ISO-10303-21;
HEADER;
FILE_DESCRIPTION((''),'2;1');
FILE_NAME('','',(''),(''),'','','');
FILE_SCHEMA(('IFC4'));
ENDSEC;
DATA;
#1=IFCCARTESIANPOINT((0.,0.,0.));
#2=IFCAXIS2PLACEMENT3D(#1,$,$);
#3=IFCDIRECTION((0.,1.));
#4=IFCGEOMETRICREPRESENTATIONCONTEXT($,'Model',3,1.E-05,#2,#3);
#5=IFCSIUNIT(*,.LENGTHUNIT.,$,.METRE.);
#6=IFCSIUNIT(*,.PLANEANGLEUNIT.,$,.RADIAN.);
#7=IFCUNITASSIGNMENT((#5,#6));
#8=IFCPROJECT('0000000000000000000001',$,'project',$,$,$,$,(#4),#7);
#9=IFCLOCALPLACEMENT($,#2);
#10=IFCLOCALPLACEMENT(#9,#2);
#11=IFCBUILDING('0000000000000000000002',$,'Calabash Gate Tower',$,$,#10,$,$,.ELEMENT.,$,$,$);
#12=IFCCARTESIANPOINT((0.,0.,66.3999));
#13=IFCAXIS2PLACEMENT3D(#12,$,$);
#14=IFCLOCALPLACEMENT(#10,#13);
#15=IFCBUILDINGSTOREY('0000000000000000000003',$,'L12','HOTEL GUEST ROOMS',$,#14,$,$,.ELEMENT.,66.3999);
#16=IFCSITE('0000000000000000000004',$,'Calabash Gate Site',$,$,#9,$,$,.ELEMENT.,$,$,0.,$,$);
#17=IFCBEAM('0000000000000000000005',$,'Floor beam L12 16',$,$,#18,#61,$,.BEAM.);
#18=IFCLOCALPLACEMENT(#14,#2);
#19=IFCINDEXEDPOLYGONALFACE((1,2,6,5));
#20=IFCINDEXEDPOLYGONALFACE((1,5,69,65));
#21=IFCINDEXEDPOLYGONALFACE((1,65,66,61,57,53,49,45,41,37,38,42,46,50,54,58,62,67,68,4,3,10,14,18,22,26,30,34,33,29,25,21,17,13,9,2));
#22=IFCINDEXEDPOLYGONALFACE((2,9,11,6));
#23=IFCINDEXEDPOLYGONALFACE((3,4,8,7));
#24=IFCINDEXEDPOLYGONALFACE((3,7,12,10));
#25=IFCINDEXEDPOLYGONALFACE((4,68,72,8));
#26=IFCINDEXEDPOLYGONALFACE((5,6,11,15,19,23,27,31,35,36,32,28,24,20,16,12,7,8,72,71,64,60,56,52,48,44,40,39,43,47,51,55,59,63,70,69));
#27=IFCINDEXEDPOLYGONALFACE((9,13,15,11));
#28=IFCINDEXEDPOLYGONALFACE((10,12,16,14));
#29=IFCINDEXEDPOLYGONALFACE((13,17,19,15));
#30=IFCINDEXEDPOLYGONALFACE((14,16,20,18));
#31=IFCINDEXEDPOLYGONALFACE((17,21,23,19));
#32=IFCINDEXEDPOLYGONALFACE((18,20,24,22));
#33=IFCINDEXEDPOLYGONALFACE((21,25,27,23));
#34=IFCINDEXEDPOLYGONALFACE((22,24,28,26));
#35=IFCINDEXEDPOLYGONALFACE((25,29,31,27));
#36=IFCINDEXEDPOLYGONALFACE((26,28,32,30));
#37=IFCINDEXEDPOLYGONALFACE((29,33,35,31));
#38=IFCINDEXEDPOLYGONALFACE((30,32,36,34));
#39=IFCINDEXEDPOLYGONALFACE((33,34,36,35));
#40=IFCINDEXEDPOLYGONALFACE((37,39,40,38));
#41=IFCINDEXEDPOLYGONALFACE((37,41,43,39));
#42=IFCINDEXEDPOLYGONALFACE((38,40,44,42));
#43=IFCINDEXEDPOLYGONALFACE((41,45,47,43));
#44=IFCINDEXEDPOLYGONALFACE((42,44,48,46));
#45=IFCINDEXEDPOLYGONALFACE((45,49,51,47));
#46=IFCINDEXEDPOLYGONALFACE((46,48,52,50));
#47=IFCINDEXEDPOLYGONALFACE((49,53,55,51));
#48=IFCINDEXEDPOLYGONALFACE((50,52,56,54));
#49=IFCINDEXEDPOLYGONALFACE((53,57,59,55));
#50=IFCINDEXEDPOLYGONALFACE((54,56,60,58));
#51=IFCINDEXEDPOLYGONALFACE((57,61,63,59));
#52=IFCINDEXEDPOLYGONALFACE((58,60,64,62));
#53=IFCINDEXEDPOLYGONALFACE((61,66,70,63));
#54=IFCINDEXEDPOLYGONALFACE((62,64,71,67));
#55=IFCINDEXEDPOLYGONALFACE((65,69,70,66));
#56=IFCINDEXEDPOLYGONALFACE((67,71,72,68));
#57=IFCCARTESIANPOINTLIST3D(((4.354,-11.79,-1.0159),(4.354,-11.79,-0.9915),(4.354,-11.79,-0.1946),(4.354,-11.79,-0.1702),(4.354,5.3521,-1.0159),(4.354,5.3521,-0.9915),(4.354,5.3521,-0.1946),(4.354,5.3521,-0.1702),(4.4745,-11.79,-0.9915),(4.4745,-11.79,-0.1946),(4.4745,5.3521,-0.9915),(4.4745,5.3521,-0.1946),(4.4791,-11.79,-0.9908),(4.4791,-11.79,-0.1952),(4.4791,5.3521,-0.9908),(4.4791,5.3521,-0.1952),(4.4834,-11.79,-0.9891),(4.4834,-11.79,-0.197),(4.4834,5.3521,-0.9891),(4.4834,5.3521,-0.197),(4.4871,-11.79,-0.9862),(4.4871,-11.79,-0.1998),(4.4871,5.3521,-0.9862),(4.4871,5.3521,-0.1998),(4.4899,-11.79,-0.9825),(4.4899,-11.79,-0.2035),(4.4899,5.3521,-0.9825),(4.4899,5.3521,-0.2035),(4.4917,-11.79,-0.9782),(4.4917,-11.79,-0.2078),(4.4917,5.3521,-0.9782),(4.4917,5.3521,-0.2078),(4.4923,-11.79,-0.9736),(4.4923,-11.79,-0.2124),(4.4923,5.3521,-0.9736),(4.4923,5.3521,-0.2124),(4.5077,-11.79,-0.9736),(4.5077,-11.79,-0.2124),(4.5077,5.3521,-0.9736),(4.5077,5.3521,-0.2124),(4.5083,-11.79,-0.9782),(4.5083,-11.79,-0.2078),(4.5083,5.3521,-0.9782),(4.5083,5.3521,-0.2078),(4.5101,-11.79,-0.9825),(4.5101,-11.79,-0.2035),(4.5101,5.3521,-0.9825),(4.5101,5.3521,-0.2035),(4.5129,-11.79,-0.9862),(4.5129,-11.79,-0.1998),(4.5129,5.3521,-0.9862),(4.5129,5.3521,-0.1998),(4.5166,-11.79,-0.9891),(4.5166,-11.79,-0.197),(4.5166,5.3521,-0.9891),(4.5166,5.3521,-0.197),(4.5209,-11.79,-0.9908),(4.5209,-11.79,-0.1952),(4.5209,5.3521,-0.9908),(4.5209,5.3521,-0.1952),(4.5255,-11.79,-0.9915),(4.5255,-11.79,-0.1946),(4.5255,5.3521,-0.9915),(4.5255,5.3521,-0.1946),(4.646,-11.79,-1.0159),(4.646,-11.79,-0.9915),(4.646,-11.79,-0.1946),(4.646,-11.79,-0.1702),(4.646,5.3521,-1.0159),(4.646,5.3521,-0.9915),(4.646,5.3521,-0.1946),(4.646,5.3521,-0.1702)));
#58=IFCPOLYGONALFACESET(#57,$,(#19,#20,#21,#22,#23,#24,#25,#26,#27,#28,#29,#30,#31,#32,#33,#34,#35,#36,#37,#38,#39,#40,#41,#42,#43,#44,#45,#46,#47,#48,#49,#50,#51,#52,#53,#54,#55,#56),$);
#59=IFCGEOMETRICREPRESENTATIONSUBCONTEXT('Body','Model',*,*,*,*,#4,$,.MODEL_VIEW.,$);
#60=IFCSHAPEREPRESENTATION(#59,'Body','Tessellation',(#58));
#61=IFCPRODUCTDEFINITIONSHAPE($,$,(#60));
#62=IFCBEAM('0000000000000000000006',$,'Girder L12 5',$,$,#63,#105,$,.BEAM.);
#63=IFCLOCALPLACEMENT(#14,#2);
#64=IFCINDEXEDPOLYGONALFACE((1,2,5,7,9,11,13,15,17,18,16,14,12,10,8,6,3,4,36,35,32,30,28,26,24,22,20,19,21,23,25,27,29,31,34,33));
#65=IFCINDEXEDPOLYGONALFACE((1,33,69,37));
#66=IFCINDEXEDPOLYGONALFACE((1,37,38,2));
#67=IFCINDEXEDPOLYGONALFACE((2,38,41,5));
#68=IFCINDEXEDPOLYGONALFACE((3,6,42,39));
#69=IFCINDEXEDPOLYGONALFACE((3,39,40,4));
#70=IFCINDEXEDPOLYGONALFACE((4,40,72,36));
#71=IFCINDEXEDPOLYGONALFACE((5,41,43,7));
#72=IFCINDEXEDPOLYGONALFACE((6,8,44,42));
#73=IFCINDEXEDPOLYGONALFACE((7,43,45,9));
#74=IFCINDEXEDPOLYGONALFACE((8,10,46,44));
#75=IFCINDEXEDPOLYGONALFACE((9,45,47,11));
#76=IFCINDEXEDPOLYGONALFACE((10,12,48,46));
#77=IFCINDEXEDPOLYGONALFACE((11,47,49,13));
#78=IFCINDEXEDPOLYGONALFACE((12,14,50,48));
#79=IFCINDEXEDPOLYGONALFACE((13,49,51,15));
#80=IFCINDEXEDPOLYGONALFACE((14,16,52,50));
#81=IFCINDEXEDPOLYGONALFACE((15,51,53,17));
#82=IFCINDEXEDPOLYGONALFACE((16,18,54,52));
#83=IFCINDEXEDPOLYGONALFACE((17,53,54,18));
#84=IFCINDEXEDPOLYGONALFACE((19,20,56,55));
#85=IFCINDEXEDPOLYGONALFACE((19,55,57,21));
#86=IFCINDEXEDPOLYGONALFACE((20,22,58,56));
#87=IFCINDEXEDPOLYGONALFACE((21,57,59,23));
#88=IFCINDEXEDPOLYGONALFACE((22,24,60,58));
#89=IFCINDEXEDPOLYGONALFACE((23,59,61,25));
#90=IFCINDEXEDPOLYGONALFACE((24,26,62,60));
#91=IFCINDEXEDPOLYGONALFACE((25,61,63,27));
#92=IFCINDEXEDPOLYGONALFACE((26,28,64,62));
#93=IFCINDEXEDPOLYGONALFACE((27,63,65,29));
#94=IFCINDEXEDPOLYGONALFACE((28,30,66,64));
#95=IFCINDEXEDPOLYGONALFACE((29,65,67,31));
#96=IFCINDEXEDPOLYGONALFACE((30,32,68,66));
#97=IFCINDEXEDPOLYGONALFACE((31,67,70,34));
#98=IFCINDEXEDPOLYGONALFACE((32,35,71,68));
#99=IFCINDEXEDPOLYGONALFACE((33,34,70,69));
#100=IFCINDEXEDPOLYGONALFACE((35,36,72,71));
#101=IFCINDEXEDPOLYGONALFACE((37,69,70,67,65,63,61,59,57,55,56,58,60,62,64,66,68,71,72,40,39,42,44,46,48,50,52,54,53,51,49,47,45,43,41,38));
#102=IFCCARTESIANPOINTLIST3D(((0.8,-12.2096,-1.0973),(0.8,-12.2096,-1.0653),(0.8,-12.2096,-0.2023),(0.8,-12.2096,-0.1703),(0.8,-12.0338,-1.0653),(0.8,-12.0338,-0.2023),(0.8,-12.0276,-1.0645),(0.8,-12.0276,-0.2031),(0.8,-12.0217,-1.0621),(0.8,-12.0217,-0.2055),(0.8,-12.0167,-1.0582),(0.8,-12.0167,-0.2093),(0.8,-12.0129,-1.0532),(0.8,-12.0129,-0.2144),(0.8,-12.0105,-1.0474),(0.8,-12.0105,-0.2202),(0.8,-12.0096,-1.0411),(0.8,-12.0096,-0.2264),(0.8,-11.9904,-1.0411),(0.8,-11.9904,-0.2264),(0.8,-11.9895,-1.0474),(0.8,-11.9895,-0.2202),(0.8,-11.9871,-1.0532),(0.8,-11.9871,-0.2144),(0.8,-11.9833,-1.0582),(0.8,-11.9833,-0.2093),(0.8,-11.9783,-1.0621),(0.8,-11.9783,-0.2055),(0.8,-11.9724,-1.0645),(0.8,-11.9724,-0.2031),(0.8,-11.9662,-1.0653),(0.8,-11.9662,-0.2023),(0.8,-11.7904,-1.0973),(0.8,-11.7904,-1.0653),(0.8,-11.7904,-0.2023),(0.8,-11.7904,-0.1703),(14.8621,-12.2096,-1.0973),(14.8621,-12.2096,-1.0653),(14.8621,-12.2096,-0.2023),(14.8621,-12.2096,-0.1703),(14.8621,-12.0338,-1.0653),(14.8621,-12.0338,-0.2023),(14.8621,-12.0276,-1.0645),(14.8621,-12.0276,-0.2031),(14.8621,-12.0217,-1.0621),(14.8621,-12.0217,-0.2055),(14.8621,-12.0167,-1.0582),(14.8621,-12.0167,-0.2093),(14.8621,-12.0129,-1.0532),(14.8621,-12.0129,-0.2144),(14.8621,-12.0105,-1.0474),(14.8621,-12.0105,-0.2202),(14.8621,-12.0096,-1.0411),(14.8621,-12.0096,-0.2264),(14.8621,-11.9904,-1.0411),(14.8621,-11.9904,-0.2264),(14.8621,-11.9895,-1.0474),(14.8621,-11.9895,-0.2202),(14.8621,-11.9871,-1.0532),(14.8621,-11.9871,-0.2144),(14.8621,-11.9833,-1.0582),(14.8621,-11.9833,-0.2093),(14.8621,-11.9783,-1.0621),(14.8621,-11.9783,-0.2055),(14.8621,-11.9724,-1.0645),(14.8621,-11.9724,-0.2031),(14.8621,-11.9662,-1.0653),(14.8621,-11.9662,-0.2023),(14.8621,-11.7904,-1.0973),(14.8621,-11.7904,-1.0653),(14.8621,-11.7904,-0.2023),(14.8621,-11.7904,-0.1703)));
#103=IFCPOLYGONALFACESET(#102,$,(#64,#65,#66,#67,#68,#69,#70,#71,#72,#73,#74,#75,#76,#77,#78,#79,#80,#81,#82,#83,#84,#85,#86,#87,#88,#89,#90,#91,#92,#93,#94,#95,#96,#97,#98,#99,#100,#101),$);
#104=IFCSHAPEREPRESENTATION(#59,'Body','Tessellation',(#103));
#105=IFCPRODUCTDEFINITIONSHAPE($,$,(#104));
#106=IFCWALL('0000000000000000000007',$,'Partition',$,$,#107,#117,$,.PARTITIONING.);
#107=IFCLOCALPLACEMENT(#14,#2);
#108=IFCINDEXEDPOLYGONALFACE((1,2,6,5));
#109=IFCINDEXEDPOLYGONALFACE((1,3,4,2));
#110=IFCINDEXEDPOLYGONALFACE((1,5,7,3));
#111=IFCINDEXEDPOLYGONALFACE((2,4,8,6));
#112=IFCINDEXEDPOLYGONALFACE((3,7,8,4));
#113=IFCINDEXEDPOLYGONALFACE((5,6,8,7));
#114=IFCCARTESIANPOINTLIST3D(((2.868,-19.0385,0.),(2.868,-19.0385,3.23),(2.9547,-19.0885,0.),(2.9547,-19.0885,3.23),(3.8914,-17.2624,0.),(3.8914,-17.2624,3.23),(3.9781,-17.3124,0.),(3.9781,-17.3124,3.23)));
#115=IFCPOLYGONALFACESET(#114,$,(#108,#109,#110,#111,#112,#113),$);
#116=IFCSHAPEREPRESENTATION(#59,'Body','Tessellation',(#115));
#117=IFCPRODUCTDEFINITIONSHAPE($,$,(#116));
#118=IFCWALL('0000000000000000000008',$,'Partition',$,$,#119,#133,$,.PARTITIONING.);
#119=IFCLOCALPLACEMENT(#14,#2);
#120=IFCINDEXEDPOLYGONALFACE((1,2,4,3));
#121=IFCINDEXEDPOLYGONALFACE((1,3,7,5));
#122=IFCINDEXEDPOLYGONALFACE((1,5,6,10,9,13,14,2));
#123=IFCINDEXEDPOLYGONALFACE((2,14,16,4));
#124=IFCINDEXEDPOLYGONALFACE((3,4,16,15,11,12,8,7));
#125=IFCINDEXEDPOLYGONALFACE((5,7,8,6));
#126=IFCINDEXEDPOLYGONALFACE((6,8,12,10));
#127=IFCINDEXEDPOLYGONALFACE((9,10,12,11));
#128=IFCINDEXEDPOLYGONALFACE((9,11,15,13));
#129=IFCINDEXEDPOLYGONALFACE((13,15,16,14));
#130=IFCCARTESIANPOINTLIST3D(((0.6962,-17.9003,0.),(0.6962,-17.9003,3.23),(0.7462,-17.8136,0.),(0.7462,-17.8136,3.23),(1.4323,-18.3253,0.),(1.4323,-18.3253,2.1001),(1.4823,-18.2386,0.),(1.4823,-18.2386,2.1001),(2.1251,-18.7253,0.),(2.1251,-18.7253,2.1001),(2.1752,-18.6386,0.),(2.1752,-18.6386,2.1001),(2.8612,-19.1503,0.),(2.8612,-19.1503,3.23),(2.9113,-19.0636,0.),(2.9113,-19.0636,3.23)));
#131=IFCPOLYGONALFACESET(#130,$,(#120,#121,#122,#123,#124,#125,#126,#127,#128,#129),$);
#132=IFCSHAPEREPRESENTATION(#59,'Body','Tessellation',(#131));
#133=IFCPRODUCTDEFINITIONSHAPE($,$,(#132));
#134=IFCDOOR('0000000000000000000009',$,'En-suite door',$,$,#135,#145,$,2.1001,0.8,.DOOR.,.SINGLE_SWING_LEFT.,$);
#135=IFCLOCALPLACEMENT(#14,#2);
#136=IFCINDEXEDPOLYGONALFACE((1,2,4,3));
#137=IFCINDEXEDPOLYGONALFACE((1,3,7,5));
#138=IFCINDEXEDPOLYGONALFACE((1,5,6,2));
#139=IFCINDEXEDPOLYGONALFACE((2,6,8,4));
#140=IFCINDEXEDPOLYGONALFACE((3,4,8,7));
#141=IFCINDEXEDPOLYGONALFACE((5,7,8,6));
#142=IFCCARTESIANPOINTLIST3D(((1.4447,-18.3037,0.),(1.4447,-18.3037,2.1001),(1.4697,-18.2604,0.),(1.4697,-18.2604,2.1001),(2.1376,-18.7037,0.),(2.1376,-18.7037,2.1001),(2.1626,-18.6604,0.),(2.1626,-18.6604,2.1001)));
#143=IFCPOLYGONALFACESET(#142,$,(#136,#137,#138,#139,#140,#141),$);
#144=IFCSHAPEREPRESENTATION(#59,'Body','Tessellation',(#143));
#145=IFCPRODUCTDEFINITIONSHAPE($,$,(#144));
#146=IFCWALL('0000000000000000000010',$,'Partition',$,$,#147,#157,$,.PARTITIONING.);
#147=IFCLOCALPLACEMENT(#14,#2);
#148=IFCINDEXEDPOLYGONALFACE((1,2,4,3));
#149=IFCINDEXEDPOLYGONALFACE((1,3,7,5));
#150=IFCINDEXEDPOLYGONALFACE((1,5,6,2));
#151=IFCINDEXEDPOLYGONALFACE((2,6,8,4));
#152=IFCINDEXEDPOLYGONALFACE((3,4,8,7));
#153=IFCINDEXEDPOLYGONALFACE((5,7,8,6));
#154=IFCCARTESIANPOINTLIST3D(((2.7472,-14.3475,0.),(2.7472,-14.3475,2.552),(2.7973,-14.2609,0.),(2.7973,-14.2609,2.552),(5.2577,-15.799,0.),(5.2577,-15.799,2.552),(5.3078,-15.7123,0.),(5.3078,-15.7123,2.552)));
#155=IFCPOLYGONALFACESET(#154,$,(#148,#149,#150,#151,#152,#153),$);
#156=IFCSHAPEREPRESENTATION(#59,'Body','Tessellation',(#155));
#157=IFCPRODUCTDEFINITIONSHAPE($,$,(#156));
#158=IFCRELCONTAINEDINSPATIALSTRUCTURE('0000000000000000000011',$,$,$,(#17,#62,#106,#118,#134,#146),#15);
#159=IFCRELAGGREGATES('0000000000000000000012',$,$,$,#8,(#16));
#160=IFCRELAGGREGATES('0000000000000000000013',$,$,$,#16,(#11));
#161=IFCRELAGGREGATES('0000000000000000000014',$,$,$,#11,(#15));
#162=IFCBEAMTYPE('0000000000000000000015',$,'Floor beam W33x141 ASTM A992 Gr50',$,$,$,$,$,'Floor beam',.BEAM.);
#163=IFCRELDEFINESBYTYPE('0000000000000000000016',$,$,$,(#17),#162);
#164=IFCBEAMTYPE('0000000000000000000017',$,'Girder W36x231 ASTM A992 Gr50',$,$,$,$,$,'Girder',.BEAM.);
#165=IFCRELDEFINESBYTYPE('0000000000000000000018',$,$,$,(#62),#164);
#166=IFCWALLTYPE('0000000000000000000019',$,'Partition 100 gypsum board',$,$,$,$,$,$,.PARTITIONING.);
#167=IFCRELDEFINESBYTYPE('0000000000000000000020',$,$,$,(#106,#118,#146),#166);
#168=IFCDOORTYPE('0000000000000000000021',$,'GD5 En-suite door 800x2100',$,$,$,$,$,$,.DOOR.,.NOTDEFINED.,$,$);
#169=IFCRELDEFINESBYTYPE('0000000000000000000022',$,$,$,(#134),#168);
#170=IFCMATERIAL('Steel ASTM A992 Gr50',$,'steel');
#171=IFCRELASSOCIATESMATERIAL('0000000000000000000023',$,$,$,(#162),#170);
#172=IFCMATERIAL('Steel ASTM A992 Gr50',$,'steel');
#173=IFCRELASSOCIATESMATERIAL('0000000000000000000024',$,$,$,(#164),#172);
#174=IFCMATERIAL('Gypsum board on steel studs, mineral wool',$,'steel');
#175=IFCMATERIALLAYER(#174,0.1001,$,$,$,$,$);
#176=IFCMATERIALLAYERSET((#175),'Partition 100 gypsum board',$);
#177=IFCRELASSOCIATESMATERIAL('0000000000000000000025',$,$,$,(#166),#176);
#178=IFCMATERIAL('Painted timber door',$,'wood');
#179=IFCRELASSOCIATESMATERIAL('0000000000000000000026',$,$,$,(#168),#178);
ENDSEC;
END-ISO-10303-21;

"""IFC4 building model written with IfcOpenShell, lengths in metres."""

from ifc_helpers import new_model, si_unit, direction, frame, frame_2d, origin, origin_2d, place, context, subcontext, project, spatial, rectangle, i_section, extrude, material, layer, layer_set, material_profile, profile_set, type_object, element, fill, save


model = new_model("IFC4")

# Units and contexts
model_context = context("Model", 3, precision=1e-05, world=origin(), true_north=direction((0.0, 1.0)))
body_context = subcontext(model_context, "Body", "Model", "MODEL_VIEW")
ifc_project = project(units=[si_unit("LENGTHUNIT", "METRE"), si_unit("PLANEANGLEUNIT", "RADIAN")], contexts=[model_context])

# Site, building, storey
site_placement = place(None, origin())
site = spatial("IfcSite", under=ifc_project, at=site_placement, Name="Calabash Gate Site", CompositionType="ELEMENT", RefElevation=0.0)
building_placement = place(site_placement, origin())
building = spatial("IfcBuilding", under=site, at=building_placement, Name="Calabash Gate Tower", CompositionType="ELEMENT")
storey_placement = place(building_placement, frame((0.0, 0.0, 66.3999)))
storey = spatial("IfcBuildingStorey", under=building, at=storey_placement, Name="L12", Description="HOTEL GUEST ROOMS", CompositionType="ELEMENT", Elevation=66.3999)

# Beams
ifc_material_1 = material(Name="Steel ASTM A992 Gr50", Category="steel")
ifc_material_profile_1 = material_profile(ifc_material_1, i_section(OverallWidth=0.292, OverallDepth=0.8457, WebThickness=0.0154, FlangeThickness=0.0244, FilletRadius=0.0178, at=origin_2d()))
ifc_profile_set_1 = profile_set([ifc_material_profile_1], Name="Steel ASTM A992 Gr50")
beam_type_1 = type_object("IfcBeamType", Name="Floor beam W33x141 ASTM A992 Gr50", ElementType="Floor beam", PredefinedType="BEAM", material=ifc_profile_set_1)
beam_1_placement = place(storey_placement, frame((4.5, -11.79, -0.593), z_axis=(0.0, 1.0, 0.0), x_axis=(-1.0, 0.0, 0.0)))
element("IfcBeam", 1, at=beam_1_placement, inside=storey, type_object=beam_type_1, Name="Floor beam L12 16", PredefinedType="BEAM", context=body_context, shape_type="SweptSolid", body=[
    extrude(i_section(OverallWidth=0.292, OverallDepth=0.8457, WebThickness=0.0154, FlangeThickness=0.0244, FilletRadius=0.0178, at=origin_2d()), origin(), (0.0, 0.0, 1.0), 17.1421),
])
ifc_material_2 = material(Name="Steel ASTM A992 Gr50", Category="steel")
ifc_material_profile_2 = material_profile(ifc_material_2, i_section(OverallWidth=0.4192, OverallDepth=0.927, WebThickness=0.0193, FlangeThickness=0.032, FilletRadius=0.0242, at=origin_2d()))
ifc_profile_set_2 = profile_set([ifc_material_profile_2], Name="Steel ASTM A992 Gr50")
beam_type_2 = type_object("IfcBeamType", Name="Girder W36x231 ASTM A992 Gr50", ElementType="Girder", PredefinedType="BEAM", material=ifc_profile_set_2)
beam_2_placement = place(storey_placement, frame((0.8, -12.0, -0.6338), z_axis=(1.0, 0.0, 0.0), x_axis=(0.0, 1.0, 0.0)))
element("IfcBeam", 2, at=beam_2_placement, inside=storey, type_object=beam_type_2, Name="Girder L12 5", PredefinedType="BEAM", context=body_context, shape_type="SweptSolid", body=[
    extrude(i_section(OverallWidth=0.4192, OverallDepth=0.927, WebThickness=0.0193, FlangeThickness=0.032, FilletRadius=0.0242, at=origin_2d()), origin(), (0.0, 0.0, 1.0), 14.062),
])

# Wall
ifc_material_3 = material(Name="Gypsum board on steel studs, mineral wool", Category="steel")
ifc_layer_1 = layer(ifc_material_3, 0.1001)
ifc_layer_set_1 = layer_set([ifc_layer_1], Name="Partition 100 gypsum board")
wall_type_1 = type_object("IfcWallType", Name="Partition 100 gypsum board", PredefinedType="PARTITIONING", material=ifc_layer_set_1)
wall_1_placement = place(storey_placement, frame((2.9114, -19.0635, 0.0), z_axis=(0.0, 0.0, 1.0), x_axis=(0.499265, 0.866449, 0.0)))
element("IfcWall", 3, at=wall_1_placement, inside=storey, type_object=wall_type_1, Name="Partition", PredefinedType="PARTITIONING", context=body_context, shape_type="SweptSolid", body=[
    extrude(rectangle(XDim=2.0498, YDim=0.1001, at=frame_2d((1.0249, 0.0))), origin(), (0.0, 0.0, 1.0), 3.23),
])

# Wall, opening, door
wall_2_placement = place(storey_placement, frame((0.7212, -17.8569, 0.0), z_axis=(0.0, 0.0, 1.0), x_axis=(0.866023, -0.500004, 0.0)))
wall_2 = element("IfcWall", 4, at=wall_2_placement, inside=storey, type_object=wall_type_1, Name="Partition", PredefinedType="PARTITIONING", context=body_context, shape_type="SweptSolid", body=[
    extrude(rectangle(XDim=2.5, YDim=0.1001, at=frame_2d((1.25, 0.0))), origin(), (0.0, 0.0, 1.0), 3.23),
])
opening_1_placement = place(wall_2_placement, frame((0.8501, 0.0, 0.0)))
opening_1 = element("IfcOpeningElement", 5, at=opening_1_placement, cuts=wall_2, PredefinedType="OPENING", context=body_context, shape_type="SweptSolid", body=[
    extrude(rectangle(XDim=0.8, YDim=2.1001, at=frame_2d((0.3999, 1.05))), frame((0.0, 0.0601, 0.0), z_axis=(0.0, -1.0, 0.0), x_axis=(1.0, 0.0, 0.0)), (0.0, 0.0, 1.0), 0.1201),
])
ifc_material_4 = material(Name="Painted timber door", Category="wood")
door_type_1 = type_object("IfcDoorType", Name="GD5 En-suite door 800x2100", OperationType="NOTDEFINED", PredefinedType="DOOR", material=ifc_material_4)
door_1_placement = place(opening_1_placement, origin())
door_1 = element("IfcDoor", 6, at=door_1_placement, inside=storey, type_object=door_type_1, Name="En-suite door", OperationType="SINGLE_SWING_LEFT", OverallHeight=2.1001, OverallWidth=0.8, PredefinedType="DOOR", context=body_context, shape_type="SweptSolid", body=[
    extrude(rectangle(XDim=0.8, YDim=2.1001, at=frame_2d((0.3999, 1.05))), frame((0.0, 0.0249, 0.0), z_axis=(0.0, -1.0, 0.0), x_axis=(1.0, 0.0, 0.0)), (0.0, 0.0, 1.0), 0.05),
])
fill(opening_1, door_1)

# Wall
wall_3_placement = place(storey_placement, frame((2.7722, -14.3042, 0.0), z_axis=(0.0, 0.0, 1.0), x_axis=(0.86573, -0.500512, 0.0)))
element("IfcWall", 7, at=wall_3_placement, inside=storey, type_object=wall_type_1, Name="Partition", PredefinedType="PARTITIONING", context=body_context, shape_type="SweptSolid", body=[
    extrude(rectangle(XDim=2.8999, YDim=0.1001, at=frame_2d((1.45, 0.0))), origin(), (0.0, 0.0, 1.0), 2.552),
])

save(model, "model.ifc")
